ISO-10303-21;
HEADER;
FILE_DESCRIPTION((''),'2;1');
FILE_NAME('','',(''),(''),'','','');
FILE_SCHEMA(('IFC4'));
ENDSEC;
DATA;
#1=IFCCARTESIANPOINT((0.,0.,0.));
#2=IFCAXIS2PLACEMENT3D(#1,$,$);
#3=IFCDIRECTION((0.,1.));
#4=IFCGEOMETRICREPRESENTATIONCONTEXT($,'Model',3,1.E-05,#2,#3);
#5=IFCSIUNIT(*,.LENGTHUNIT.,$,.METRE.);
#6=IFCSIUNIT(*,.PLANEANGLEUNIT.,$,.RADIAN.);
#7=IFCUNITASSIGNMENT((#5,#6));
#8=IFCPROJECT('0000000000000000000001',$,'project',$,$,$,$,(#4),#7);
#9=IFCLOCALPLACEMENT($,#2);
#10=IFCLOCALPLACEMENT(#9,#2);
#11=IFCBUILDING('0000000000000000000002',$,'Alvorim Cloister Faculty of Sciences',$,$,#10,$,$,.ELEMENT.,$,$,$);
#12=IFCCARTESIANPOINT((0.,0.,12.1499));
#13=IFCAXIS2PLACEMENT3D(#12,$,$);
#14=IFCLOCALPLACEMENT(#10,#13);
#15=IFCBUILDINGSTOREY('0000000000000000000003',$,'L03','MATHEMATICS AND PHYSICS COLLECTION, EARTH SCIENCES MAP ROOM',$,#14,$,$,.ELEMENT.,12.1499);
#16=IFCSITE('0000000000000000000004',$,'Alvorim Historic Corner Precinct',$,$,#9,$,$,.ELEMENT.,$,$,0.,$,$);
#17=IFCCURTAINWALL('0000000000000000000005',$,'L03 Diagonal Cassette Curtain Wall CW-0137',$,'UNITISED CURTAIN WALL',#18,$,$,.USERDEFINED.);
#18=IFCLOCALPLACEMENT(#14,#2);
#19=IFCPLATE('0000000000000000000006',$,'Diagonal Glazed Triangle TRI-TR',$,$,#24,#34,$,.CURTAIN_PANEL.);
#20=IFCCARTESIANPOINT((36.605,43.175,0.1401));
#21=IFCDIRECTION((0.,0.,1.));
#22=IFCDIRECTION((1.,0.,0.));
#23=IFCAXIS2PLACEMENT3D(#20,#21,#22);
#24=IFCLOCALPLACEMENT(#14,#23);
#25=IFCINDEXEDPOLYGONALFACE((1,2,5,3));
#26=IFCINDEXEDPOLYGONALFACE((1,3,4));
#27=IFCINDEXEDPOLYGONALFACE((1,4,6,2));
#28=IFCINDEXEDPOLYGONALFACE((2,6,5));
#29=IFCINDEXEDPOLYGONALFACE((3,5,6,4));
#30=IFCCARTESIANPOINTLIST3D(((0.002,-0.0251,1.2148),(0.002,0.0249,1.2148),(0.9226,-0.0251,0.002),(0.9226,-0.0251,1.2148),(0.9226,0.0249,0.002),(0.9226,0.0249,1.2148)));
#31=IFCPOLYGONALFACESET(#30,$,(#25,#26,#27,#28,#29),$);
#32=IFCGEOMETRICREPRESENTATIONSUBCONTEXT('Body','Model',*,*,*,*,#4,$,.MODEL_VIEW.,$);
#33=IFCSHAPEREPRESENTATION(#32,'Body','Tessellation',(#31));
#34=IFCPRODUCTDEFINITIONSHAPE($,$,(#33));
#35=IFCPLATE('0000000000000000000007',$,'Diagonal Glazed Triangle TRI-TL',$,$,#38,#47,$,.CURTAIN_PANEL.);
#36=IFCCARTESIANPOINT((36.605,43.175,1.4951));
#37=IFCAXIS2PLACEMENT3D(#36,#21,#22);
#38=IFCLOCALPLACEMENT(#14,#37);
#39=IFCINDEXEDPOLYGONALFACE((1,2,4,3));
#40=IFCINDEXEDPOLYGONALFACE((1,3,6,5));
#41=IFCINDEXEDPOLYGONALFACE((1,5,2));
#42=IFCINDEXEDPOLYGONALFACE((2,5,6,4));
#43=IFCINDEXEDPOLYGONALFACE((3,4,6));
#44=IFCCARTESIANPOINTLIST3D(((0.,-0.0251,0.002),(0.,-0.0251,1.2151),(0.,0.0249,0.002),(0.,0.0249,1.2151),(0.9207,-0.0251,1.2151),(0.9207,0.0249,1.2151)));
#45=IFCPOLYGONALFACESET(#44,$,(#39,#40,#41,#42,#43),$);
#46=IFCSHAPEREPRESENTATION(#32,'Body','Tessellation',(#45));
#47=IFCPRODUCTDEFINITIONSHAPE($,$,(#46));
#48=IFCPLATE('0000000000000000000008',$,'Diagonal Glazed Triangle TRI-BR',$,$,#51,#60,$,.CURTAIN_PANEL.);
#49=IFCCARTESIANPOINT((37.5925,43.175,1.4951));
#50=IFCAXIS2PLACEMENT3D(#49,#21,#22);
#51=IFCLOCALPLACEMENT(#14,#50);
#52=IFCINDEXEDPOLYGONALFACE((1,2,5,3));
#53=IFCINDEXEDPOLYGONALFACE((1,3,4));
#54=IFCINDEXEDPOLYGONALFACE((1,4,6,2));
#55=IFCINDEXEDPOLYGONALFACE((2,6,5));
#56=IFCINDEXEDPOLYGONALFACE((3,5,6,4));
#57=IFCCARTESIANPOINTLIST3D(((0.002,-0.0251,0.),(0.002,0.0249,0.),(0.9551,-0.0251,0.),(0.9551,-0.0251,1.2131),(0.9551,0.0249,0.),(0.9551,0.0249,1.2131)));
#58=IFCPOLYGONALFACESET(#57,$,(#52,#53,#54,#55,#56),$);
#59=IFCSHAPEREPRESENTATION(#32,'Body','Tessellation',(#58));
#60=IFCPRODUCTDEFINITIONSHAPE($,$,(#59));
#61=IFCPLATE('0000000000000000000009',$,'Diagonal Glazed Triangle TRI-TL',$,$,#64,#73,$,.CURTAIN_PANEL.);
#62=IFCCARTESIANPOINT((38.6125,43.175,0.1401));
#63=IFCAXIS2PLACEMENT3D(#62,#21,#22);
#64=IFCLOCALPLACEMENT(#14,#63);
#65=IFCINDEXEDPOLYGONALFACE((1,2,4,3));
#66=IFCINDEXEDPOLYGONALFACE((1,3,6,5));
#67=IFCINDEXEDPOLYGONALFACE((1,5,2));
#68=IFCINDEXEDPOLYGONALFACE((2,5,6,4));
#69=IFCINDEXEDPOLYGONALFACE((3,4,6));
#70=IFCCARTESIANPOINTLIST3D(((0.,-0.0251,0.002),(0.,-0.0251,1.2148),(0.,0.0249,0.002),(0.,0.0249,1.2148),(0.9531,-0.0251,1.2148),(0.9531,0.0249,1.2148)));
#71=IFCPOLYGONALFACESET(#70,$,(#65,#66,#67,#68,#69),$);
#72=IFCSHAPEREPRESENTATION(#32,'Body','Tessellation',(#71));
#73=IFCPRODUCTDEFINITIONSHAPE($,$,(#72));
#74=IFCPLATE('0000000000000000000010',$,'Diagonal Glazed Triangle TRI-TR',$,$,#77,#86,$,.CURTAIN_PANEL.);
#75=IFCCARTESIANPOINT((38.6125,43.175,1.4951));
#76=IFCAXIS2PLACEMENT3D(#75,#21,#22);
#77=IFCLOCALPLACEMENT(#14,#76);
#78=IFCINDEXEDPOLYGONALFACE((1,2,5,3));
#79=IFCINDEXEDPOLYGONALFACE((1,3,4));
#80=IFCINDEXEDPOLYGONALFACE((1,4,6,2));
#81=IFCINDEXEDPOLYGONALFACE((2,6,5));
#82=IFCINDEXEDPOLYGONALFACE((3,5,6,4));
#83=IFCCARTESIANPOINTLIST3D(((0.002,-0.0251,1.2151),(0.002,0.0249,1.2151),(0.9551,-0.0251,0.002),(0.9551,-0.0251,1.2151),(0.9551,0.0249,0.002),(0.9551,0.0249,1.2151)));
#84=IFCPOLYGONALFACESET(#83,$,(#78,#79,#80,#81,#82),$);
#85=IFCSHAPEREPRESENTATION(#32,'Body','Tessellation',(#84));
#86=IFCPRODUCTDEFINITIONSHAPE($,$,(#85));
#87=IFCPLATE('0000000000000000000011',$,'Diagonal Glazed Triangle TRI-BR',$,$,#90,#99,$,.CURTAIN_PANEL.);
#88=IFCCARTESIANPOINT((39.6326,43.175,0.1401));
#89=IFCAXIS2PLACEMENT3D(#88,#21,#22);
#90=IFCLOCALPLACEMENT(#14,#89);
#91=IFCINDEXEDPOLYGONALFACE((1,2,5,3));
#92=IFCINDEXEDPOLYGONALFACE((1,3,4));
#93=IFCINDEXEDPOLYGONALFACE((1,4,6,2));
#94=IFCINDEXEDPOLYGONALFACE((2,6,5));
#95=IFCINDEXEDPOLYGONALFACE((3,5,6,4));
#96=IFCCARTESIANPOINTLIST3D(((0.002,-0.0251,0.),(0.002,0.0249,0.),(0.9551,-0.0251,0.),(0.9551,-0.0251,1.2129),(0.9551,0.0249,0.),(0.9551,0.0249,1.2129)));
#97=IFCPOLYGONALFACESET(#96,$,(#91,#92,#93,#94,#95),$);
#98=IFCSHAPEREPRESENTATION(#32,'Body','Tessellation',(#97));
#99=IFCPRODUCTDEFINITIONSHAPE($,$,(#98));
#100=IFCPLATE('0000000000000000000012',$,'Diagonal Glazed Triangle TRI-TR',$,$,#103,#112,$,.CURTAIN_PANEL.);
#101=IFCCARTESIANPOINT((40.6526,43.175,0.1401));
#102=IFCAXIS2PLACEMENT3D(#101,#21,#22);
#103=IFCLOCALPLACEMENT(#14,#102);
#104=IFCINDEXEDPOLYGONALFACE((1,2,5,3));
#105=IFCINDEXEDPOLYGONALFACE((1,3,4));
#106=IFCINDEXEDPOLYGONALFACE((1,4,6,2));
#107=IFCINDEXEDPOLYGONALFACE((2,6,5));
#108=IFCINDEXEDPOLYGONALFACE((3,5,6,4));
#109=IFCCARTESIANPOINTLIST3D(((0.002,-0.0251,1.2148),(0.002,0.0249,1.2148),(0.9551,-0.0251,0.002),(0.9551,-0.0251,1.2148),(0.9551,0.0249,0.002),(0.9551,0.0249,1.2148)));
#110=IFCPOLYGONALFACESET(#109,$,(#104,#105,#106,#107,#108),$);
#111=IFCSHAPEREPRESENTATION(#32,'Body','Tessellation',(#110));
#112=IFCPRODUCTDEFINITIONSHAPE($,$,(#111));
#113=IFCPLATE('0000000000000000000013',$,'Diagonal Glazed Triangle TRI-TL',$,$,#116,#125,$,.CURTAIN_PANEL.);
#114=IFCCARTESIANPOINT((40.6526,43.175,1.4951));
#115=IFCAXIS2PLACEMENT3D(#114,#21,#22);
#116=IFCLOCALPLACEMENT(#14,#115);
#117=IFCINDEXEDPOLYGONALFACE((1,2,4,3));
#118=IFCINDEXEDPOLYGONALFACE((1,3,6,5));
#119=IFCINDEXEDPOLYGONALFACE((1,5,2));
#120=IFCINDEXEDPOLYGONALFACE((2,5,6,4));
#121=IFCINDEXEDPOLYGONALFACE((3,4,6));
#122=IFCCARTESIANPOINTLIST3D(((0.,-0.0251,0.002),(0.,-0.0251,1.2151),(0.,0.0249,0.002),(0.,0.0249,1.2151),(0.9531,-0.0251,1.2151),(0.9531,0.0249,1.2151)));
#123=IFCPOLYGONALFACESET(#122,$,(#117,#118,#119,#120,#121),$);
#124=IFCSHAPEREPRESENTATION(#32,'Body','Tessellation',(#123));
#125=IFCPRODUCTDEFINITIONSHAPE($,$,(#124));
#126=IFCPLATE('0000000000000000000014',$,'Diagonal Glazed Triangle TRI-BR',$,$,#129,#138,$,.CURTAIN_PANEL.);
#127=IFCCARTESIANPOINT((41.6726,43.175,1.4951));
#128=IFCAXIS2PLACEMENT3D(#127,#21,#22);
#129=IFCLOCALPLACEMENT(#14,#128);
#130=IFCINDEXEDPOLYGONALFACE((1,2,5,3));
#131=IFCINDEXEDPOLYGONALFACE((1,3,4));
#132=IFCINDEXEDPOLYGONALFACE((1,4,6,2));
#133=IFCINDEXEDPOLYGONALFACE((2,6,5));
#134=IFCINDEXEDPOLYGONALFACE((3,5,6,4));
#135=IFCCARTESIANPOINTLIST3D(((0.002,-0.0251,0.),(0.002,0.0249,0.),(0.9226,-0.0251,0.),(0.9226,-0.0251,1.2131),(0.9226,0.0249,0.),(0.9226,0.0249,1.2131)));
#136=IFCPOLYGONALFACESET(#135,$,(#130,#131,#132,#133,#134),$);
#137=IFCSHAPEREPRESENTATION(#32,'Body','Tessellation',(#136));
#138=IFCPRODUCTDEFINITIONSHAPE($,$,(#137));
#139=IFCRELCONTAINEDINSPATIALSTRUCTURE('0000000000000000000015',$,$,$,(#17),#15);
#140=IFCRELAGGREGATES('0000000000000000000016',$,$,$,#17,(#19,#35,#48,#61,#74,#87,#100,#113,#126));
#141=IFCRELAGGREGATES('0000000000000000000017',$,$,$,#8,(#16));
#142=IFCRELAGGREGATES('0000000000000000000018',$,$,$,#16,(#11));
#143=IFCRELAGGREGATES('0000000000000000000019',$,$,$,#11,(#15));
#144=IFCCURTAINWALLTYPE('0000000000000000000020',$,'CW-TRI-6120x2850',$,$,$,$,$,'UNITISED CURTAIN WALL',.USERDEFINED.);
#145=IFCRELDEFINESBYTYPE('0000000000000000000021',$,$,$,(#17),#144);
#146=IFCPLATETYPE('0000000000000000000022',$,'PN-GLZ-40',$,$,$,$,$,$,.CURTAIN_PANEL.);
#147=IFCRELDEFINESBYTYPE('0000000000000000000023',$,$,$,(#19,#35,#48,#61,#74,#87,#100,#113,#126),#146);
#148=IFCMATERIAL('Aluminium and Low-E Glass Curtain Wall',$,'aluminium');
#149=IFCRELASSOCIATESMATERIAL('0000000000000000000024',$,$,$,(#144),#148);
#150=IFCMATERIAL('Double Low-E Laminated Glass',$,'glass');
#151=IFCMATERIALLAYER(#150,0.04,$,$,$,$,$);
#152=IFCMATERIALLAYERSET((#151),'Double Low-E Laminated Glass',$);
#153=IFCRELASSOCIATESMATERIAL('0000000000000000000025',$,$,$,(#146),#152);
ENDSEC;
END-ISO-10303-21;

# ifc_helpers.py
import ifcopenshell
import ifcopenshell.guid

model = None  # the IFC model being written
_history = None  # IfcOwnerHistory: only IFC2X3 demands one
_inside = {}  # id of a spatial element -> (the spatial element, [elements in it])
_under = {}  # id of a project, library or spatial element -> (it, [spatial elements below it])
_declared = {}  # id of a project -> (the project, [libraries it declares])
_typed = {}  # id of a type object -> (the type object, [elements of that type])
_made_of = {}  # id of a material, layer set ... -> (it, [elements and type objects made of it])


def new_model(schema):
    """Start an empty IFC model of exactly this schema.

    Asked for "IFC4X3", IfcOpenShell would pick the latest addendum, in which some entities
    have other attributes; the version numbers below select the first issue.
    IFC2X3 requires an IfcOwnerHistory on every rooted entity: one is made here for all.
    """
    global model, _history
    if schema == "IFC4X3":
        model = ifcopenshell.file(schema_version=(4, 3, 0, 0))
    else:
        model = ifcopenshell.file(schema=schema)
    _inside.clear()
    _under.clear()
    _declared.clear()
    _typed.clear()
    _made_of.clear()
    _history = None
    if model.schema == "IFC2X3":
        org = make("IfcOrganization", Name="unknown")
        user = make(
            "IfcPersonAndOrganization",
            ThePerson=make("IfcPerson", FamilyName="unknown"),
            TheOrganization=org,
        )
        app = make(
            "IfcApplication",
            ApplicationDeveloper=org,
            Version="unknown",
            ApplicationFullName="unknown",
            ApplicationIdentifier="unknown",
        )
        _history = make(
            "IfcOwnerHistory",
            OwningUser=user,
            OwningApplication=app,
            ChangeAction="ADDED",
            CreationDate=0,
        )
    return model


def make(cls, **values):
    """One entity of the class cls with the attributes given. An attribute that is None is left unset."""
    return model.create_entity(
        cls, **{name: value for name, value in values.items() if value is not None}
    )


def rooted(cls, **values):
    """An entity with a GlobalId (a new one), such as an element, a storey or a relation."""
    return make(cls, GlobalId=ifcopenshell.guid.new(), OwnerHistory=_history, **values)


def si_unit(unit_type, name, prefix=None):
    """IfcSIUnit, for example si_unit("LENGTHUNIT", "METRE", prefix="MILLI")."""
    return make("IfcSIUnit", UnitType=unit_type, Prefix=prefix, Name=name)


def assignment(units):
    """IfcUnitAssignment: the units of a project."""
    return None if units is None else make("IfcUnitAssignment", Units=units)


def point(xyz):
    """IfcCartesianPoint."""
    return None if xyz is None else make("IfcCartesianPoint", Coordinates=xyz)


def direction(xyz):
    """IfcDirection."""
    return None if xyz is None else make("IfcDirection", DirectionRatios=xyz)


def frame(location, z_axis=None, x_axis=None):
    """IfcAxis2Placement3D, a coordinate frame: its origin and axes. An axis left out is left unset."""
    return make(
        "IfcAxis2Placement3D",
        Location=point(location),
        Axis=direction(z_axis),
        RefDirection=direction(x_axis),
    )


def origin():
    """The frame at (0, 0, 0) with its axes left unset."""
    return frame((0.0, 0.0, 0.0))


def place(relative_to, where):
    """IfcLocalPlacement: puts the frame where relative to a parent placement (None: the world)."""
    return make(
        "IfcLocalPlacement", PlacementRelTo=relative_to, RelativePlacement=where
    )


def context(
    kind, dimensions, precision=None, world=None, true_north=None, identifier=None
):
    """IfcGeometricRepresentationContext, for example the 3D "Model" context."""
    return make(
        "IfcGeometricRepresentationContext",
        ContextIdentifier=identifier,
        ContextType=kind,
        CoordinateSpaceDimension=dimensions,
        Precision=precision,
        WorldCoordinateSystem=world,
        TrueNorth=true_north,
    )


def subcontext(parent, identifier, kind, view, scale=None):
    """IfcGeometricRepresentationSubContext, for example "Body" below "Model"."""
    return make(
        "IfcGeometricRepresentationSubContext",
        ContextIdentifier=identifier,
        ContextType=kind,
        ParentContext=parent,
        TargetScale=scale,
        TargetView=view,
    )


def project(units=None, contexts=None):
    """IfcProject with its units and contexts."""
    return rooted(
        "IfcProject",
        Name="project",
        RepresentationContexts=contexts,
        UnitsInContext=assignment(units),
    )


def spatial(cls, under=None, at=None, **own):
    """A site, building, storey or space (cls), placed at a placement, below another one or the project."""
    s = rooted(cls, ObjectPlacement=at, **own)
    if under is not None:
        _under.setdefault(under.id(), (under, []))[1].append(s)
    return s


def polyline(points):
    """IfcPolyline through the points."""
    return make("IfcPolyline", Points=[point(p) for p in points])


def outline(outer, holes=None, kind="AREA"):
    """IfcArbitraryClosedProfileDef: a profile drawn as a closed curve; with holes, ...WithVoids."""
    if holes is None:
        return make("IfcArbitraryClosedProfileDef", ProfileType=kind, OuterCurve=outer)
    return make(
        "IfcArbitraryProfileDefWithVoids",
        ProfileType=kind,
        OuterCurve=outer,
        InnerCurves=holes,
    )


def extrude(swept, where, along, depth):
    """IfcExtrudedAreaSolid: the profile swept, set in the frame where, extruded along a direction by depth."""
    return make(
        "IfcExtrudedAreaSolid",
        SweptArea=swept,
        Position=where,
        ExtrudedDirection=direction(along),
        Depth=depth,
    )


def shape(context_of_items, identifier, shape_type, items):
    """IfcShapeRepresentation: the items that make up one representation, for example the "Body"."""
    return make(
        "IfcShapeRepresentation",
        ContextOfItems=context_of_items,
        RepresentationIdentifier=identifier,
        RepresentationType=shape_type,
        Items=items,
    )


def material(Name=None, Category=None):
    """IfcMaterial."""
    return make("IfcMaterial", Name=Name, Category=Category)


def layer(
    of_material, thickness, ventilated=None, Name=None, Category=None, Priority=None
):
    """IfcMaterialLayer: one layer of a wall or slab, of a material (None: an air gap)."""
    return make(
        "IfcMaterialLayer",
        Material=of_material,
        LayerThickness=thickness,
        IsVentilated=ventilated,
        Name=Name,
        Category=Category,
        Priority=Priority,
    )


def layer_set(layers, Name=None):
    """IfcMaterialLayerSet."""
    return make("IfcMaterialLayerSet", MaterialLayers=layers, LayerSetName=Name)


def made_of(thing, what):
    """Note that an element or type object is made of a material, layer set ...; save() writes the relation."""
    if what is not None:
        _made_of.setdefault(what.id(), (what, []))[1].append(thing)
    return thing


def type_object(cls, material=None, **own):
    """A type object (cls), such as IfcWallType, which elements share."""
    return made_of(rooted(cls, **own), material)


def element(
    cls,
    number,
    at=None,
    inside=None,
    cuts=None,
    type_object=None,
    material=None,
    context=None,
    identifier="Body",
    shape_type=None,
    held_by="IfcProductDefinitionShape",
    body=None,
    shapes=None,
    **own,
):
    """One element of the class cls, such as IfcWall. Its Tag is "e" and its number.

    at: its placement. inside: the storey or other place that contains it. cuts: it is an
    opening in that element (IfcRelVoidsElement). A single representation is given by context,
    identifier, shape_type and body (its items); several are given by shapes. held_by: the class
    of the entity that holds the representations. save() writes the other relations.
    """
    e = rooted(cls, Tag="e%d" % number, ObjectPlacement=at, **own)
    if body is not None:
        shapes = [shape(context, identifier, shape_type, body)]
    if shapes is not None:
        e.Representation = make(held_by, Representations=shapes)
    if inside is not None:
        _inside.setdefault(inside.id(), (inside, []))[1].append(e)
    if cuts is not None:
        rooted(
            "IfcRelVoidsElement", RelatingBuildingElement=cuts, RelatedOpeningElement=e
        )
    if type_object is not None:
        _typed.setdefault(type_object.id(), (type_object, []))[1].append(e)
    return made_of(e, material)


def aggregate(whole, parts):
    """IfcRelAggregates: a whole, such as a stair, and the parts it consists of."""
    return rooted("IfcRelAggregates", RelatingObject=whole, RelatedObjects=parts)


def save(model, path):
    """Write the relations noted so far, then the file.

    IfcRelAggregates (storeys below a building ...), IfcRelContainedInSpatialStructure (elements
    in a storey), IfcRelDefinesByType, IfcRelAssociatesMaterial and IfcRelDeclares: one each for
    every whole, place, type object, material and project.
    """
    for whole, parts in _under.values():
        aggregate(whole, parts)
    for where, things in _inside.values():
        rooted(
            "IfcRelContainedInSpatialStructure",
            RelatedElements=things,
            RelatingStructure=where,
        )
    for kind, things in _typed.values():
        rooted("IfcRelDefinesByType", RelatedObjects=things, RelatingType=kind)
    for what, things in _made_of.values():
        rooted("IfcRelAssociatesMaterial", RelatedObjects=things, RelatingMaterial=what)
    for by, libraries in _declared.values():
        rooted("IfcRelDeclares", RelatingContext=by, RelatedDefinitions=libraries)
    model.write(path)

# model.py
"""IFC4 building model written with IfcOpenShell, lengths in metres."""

from ifc_helpers import new_model, si_unit, direction, frame, origin, place, context, subcontext, project, spatial, polyline, outline, extrude, material, layer, layer_set, type_object, element, aggregate, save


model = new_model("IFC4")

# Units and contexts
model_context = context("Model", 3, precision=1e-05, world=origin(), true_north=direction((0.0, 1.0)))
body_context = subcontext(model_context, "Body", "Model", "MODEL_VIEW")
ifc_project = project(units=[si_unit("LENGTHUNIT", "METRE"), si_unit("PLANEANGLEUNIT", "RADIAN")], contexts=[model_context])

# Site, building, storey
site_placement = place(None, origin())
site = spatial("IfcSite", under=ifc_project, at=site_placement, Name="Alvorim Historic Corner Precinct", CompositionType="ELEMENT", RefElevation=0.0)
building_placement = place(site_placement, origin())
building = spatial("IfcBuilding", under=site, at=building_placement, Name="Alvorim Cloister Faculty of Sciences", CompositionType="ELEMENT")
storey_placement = place(building_placement, frame((0.0, 0.0, 12.1499)))
storey = spatial("IfcBuildingStorey", under=building, at=storey_placement, Name="L03", Description="MATHEMATICS AND PHYSICS COLLECTION, EARTH SCIENCES MAP ROOM", CompositionType="ELEMENT", Elevation=12.1499)

# Curtain wall, plates
ifc_material_1 = material(Name="Aluminium and Low-E Glass Curtain Wall", Category="aluminium")
curtain_wall_type = type_object("IfcCurtainWallType", Name="CW-TRI-6120x2850", ElementType="UNITISED CURTAIN WALL", PredefinedType="USERDEFINED", material=ifc_material_1)
curtain_wall_placement = place(storey_placement, origin())
curtain_wall = element("IfcCurtainWall", 1, at=curtain_wall_placement, inside=storey, type_object=curtain_wall_type, Name="L03 Diagonal Cassette Curtain Wall CW-0137", ObjectType="UNITISED CURTAIN WALL", PredefinedType="USERDEFINED")
ifc_material_2 = material(Name="Double Low-E Laminated Glass", Category="glass")
ifc_layer_1 = layer(ifc_material_2, 0.04)
ifc_layer_set_1 = layer_set([ifc_layer_1], Name="Double Low-E Laminated Glass")
plate_type = type_object("IfcPlateType", Name="PN-GLZ-40", PredefinedType="CURTAIN_PANEL", material=ifc_layer_set_1)
plate_1_placement = place(storey_placement, frame((36.605, 43.175, 0.1401), z_axis=(0.0, 0.0, 1.0), x_axis=(1.0, 0.0, 0.0)))
plate_1 = element("IfcPlate", 2, at=plate_1_placement, type_object=plate_type, Name="Diagonal Glazed Triangle TRI-TR", PredefinedType="CURTAIN_PANEL", context=body_context, shape_type="SweptSolid", body=[
    extrude(outline(polyline([(0.9226, 0.002), (0.9226, 1.2148), (0.002, 1.2148), (0.9226, 0.002)])), frame((0.0, 0.0249, 0.0), z_axis=(0.0, -1.0, 0.0), x_axis=(1.0, 0.0, 0.0)), (0.0, 0.0, 1.0), 0.05),
])
plate_2_placement = place(storey_placement, frame((36.605, 43.175, 1.4951), z_axis=(0.0, 0.0, 1.0), x_axis=(1.0, 0.0, 0.0)))
plate_2 = element("IfcPlate", 3, at=plate_2_placement, type_object=plate_type, Name="Diagonal Glazed Triangle TRI-TL", PredefinedType="CURTAIN_PANEL", context=body_context, shape_type="SweptSolid", body=[
    extrude(outline(polyline([(0.9207, 1.2151), (0.0, 1.2151), (0.0, 0.002), (0.9207, 1.2151)])), frame((0.0, 0.0249, 0.0), z_axis=(0.0, -1.0, 0.0), x_axis=(1.0, 0.0, 0.0)), (0.0, 0.0, 1.0), 0.05),
])
plate_3_placement = place(storey_placement, frame((37.5925, 43.175, 1.4951), z_axis=(0.0, 0.0, 1.0), x_axis=(1.0, 0.0, 0.0)))
plate_3 = element("IfcPlate", 4, at=plate_3_placement, type_object=plate_type, Name="Diagonal Glazed Triangle TRI-BR", PredefinedType="CURTAIN_PANEL", context=body_context, shape_type="SweptSolid", body=[
    extrude(outline(polyline([(0.002, 0.0), (0.9551, 0.0), (0.9551, 1.2131), (0.002, 0.0)])), frame((0.0, 0.0249, 0.0), z_axis=(0.0, -1.0, 0.0), x_axis=(1.0, 0.0, 0.0)), (0.0, 0.0, 1.0), 0.05),
])
plate_4_placement = place(storey_placement, frame((38.6125, 43.175, 0.1401), z_axis=(0.0, 0.0, 1.0), x_axis=(1.0, 0.0, 0.0)))
plate_4 = element("IfcPlate", 5, at=plate_4_placement, type_object=plate_type, Name="Diagonal Glazed Triangle TRI-TL", PredefinedType="CURTAIN_PANEL", context=body_context, shape_type="SweptSolid", body=[
    extrude(outline(polyline([(0.9531, 1.2148), (0.0, 1.2148), (0.0, 0.002), (0.9531, 1.2148)])), frame((0.0, 0.0249, 0.0), z_axis=(0.0, -1.0, 0.0), x_axis=(1.0, 0.0, 0.0)), (0.0, 0.0, 1.0), 0.05),
])
plate_5_placement = place(storey_placement, frame((38.6125, 43.175, 1.4951), z_axis=(0.0, 0.0, 1.0), x_axis=(1.0, 0.0, 0.0)))
plate_5 = element("IfcPlate", 6, at=plate_5_placement, type_object=plate_type, Name="Diagonal Glazed Triangle TRI-TR", PredefinedType="CURTAIN_PANEL", context=body_context, shape_type="SweptSolid", body=[
    extrude(outline(polyline([(0.9551, 0.002), (0.9551, 1.2151), (0.002, 1.2151), (0.9551, 0.002)])), frame((0.0, 0.0249, 0.0), z_axis=(0.0, -1.0, 0.0), x_axis=(1.0, 0.0, 0.0)), (0.0, 0.0, 1.0), 0.05),
])
plate_6_placement = place(storey_placement, frame((39.6326, 43.175, 0.1401), z_axis=(0.0, 0.0, 1.0), x_axis=(1.0, 0.0, 0.0)))
plate_6 = element("IfcPlate", 7, at=plate_6_placement, type_object=plate_type, Name="Diagonal Glazed Triangle TRI-BR", PredefinedType="CURTAIN_PANEL", context=body_context, shape_type="SweptSolid", body=[
    extrude(outline(polyline([(0.002, 0.0), (0.9551, 0.0), (0.9551, 1.2129), (0.002, 0.0)])), frame((0.0, 0.0249, 0.0), z_axis=(0.0, -1.0, 0.0), x_axis=(1.0, 0.0, 0.0)), (0.0, 0.0, 1.0), 0.05),
])
plate_7_placement = place(storey_placement, frame((40.6526, 43.175, 0.1401), z_axis=(0.0, 0.0, 1.0), x_axis=(1.0, 0.0, 0.0)))
plate_7 = element("IfcPlate", 8, at=plate_7_placement, type_object=plate_type, Name="Diagonal Glazed Triangle TRI-TR", PredefinedType="CURTAIN_PANEL", context=body_context, shape_type="SweptSolid", body=[
    extrude(outline(polyline([(0.9551, 0.002), (0.9551, 1.2148), (0.002, 1.2148), (0.9551, 0.002)])), frame((0.0, 0.0249, 0.0), z_axis=(0.0, -1.0, 0.0), x_axis=(1.0, 0.0, 0.0)), (0.0, 0.0, 1.0), 0.05),
])
plate_8_placement = place(storey_placement, frame((40.6526, 43.175, 1.4951), z_axis=(0.0, 0.0, 1.0), x_axis=(1.0, 0.0, 0.0)))
plate_8 = element("IfcPlate", 9, at=plate_8_placement, type_object=plate_type, Name="Diagonal Glazed Triangle TRI-TL", PredefinedType="CURTAIN_PANEL", context=body_context, shape_type="SweptSolid", body=[
    extrude(outline(polyline([(0.9531, 1.2151), (0.0, 1.2151), (0.0, 0.002), (0.9531, 1.2151)])), frame((0.0, 0.0249, 0.0), z_axis=(0.0, -1.0, 0.0), x_axis=(1.0, 0.0, 0.0)), (0.0, 0.0, 1.0), 0.05),
])
plate_9_placement = place(storey_placement, frame((41.6726, 43.175, 1.4951), z_axis=(0.0, 0.0, 1.0), x_axis=(1.0, 0.0, 0.0)))
plate_9 = element("IfcPlate", 10, at=plate_9_placement, type_object=plate_type, Name="Diagonal Glazed Triangle TRI-BR", PredefinedType="CURTAIN_PANEL", context=body_context, shape_type="SweptSolid", body=[
    extrude(outline(polyline([(0.002, 0.0), (0.9226, 0.0), (0.9226, 1.2131), (0.002, 0.0)])), frame((0.0, 0.0249, 0.0), z_axis=(0.0, -1.0, 0.0), x_axis=(1.0, 0.0, 0.0)), (0.0, 0.0, 1.0), 0.05),
])
aggregate(curtain_wall, [plate_1, plate_2, plate_3, plate_4, plate_5, plate_6, plate_7, plate_8, plate_9])

save(model, "model.ifc")
